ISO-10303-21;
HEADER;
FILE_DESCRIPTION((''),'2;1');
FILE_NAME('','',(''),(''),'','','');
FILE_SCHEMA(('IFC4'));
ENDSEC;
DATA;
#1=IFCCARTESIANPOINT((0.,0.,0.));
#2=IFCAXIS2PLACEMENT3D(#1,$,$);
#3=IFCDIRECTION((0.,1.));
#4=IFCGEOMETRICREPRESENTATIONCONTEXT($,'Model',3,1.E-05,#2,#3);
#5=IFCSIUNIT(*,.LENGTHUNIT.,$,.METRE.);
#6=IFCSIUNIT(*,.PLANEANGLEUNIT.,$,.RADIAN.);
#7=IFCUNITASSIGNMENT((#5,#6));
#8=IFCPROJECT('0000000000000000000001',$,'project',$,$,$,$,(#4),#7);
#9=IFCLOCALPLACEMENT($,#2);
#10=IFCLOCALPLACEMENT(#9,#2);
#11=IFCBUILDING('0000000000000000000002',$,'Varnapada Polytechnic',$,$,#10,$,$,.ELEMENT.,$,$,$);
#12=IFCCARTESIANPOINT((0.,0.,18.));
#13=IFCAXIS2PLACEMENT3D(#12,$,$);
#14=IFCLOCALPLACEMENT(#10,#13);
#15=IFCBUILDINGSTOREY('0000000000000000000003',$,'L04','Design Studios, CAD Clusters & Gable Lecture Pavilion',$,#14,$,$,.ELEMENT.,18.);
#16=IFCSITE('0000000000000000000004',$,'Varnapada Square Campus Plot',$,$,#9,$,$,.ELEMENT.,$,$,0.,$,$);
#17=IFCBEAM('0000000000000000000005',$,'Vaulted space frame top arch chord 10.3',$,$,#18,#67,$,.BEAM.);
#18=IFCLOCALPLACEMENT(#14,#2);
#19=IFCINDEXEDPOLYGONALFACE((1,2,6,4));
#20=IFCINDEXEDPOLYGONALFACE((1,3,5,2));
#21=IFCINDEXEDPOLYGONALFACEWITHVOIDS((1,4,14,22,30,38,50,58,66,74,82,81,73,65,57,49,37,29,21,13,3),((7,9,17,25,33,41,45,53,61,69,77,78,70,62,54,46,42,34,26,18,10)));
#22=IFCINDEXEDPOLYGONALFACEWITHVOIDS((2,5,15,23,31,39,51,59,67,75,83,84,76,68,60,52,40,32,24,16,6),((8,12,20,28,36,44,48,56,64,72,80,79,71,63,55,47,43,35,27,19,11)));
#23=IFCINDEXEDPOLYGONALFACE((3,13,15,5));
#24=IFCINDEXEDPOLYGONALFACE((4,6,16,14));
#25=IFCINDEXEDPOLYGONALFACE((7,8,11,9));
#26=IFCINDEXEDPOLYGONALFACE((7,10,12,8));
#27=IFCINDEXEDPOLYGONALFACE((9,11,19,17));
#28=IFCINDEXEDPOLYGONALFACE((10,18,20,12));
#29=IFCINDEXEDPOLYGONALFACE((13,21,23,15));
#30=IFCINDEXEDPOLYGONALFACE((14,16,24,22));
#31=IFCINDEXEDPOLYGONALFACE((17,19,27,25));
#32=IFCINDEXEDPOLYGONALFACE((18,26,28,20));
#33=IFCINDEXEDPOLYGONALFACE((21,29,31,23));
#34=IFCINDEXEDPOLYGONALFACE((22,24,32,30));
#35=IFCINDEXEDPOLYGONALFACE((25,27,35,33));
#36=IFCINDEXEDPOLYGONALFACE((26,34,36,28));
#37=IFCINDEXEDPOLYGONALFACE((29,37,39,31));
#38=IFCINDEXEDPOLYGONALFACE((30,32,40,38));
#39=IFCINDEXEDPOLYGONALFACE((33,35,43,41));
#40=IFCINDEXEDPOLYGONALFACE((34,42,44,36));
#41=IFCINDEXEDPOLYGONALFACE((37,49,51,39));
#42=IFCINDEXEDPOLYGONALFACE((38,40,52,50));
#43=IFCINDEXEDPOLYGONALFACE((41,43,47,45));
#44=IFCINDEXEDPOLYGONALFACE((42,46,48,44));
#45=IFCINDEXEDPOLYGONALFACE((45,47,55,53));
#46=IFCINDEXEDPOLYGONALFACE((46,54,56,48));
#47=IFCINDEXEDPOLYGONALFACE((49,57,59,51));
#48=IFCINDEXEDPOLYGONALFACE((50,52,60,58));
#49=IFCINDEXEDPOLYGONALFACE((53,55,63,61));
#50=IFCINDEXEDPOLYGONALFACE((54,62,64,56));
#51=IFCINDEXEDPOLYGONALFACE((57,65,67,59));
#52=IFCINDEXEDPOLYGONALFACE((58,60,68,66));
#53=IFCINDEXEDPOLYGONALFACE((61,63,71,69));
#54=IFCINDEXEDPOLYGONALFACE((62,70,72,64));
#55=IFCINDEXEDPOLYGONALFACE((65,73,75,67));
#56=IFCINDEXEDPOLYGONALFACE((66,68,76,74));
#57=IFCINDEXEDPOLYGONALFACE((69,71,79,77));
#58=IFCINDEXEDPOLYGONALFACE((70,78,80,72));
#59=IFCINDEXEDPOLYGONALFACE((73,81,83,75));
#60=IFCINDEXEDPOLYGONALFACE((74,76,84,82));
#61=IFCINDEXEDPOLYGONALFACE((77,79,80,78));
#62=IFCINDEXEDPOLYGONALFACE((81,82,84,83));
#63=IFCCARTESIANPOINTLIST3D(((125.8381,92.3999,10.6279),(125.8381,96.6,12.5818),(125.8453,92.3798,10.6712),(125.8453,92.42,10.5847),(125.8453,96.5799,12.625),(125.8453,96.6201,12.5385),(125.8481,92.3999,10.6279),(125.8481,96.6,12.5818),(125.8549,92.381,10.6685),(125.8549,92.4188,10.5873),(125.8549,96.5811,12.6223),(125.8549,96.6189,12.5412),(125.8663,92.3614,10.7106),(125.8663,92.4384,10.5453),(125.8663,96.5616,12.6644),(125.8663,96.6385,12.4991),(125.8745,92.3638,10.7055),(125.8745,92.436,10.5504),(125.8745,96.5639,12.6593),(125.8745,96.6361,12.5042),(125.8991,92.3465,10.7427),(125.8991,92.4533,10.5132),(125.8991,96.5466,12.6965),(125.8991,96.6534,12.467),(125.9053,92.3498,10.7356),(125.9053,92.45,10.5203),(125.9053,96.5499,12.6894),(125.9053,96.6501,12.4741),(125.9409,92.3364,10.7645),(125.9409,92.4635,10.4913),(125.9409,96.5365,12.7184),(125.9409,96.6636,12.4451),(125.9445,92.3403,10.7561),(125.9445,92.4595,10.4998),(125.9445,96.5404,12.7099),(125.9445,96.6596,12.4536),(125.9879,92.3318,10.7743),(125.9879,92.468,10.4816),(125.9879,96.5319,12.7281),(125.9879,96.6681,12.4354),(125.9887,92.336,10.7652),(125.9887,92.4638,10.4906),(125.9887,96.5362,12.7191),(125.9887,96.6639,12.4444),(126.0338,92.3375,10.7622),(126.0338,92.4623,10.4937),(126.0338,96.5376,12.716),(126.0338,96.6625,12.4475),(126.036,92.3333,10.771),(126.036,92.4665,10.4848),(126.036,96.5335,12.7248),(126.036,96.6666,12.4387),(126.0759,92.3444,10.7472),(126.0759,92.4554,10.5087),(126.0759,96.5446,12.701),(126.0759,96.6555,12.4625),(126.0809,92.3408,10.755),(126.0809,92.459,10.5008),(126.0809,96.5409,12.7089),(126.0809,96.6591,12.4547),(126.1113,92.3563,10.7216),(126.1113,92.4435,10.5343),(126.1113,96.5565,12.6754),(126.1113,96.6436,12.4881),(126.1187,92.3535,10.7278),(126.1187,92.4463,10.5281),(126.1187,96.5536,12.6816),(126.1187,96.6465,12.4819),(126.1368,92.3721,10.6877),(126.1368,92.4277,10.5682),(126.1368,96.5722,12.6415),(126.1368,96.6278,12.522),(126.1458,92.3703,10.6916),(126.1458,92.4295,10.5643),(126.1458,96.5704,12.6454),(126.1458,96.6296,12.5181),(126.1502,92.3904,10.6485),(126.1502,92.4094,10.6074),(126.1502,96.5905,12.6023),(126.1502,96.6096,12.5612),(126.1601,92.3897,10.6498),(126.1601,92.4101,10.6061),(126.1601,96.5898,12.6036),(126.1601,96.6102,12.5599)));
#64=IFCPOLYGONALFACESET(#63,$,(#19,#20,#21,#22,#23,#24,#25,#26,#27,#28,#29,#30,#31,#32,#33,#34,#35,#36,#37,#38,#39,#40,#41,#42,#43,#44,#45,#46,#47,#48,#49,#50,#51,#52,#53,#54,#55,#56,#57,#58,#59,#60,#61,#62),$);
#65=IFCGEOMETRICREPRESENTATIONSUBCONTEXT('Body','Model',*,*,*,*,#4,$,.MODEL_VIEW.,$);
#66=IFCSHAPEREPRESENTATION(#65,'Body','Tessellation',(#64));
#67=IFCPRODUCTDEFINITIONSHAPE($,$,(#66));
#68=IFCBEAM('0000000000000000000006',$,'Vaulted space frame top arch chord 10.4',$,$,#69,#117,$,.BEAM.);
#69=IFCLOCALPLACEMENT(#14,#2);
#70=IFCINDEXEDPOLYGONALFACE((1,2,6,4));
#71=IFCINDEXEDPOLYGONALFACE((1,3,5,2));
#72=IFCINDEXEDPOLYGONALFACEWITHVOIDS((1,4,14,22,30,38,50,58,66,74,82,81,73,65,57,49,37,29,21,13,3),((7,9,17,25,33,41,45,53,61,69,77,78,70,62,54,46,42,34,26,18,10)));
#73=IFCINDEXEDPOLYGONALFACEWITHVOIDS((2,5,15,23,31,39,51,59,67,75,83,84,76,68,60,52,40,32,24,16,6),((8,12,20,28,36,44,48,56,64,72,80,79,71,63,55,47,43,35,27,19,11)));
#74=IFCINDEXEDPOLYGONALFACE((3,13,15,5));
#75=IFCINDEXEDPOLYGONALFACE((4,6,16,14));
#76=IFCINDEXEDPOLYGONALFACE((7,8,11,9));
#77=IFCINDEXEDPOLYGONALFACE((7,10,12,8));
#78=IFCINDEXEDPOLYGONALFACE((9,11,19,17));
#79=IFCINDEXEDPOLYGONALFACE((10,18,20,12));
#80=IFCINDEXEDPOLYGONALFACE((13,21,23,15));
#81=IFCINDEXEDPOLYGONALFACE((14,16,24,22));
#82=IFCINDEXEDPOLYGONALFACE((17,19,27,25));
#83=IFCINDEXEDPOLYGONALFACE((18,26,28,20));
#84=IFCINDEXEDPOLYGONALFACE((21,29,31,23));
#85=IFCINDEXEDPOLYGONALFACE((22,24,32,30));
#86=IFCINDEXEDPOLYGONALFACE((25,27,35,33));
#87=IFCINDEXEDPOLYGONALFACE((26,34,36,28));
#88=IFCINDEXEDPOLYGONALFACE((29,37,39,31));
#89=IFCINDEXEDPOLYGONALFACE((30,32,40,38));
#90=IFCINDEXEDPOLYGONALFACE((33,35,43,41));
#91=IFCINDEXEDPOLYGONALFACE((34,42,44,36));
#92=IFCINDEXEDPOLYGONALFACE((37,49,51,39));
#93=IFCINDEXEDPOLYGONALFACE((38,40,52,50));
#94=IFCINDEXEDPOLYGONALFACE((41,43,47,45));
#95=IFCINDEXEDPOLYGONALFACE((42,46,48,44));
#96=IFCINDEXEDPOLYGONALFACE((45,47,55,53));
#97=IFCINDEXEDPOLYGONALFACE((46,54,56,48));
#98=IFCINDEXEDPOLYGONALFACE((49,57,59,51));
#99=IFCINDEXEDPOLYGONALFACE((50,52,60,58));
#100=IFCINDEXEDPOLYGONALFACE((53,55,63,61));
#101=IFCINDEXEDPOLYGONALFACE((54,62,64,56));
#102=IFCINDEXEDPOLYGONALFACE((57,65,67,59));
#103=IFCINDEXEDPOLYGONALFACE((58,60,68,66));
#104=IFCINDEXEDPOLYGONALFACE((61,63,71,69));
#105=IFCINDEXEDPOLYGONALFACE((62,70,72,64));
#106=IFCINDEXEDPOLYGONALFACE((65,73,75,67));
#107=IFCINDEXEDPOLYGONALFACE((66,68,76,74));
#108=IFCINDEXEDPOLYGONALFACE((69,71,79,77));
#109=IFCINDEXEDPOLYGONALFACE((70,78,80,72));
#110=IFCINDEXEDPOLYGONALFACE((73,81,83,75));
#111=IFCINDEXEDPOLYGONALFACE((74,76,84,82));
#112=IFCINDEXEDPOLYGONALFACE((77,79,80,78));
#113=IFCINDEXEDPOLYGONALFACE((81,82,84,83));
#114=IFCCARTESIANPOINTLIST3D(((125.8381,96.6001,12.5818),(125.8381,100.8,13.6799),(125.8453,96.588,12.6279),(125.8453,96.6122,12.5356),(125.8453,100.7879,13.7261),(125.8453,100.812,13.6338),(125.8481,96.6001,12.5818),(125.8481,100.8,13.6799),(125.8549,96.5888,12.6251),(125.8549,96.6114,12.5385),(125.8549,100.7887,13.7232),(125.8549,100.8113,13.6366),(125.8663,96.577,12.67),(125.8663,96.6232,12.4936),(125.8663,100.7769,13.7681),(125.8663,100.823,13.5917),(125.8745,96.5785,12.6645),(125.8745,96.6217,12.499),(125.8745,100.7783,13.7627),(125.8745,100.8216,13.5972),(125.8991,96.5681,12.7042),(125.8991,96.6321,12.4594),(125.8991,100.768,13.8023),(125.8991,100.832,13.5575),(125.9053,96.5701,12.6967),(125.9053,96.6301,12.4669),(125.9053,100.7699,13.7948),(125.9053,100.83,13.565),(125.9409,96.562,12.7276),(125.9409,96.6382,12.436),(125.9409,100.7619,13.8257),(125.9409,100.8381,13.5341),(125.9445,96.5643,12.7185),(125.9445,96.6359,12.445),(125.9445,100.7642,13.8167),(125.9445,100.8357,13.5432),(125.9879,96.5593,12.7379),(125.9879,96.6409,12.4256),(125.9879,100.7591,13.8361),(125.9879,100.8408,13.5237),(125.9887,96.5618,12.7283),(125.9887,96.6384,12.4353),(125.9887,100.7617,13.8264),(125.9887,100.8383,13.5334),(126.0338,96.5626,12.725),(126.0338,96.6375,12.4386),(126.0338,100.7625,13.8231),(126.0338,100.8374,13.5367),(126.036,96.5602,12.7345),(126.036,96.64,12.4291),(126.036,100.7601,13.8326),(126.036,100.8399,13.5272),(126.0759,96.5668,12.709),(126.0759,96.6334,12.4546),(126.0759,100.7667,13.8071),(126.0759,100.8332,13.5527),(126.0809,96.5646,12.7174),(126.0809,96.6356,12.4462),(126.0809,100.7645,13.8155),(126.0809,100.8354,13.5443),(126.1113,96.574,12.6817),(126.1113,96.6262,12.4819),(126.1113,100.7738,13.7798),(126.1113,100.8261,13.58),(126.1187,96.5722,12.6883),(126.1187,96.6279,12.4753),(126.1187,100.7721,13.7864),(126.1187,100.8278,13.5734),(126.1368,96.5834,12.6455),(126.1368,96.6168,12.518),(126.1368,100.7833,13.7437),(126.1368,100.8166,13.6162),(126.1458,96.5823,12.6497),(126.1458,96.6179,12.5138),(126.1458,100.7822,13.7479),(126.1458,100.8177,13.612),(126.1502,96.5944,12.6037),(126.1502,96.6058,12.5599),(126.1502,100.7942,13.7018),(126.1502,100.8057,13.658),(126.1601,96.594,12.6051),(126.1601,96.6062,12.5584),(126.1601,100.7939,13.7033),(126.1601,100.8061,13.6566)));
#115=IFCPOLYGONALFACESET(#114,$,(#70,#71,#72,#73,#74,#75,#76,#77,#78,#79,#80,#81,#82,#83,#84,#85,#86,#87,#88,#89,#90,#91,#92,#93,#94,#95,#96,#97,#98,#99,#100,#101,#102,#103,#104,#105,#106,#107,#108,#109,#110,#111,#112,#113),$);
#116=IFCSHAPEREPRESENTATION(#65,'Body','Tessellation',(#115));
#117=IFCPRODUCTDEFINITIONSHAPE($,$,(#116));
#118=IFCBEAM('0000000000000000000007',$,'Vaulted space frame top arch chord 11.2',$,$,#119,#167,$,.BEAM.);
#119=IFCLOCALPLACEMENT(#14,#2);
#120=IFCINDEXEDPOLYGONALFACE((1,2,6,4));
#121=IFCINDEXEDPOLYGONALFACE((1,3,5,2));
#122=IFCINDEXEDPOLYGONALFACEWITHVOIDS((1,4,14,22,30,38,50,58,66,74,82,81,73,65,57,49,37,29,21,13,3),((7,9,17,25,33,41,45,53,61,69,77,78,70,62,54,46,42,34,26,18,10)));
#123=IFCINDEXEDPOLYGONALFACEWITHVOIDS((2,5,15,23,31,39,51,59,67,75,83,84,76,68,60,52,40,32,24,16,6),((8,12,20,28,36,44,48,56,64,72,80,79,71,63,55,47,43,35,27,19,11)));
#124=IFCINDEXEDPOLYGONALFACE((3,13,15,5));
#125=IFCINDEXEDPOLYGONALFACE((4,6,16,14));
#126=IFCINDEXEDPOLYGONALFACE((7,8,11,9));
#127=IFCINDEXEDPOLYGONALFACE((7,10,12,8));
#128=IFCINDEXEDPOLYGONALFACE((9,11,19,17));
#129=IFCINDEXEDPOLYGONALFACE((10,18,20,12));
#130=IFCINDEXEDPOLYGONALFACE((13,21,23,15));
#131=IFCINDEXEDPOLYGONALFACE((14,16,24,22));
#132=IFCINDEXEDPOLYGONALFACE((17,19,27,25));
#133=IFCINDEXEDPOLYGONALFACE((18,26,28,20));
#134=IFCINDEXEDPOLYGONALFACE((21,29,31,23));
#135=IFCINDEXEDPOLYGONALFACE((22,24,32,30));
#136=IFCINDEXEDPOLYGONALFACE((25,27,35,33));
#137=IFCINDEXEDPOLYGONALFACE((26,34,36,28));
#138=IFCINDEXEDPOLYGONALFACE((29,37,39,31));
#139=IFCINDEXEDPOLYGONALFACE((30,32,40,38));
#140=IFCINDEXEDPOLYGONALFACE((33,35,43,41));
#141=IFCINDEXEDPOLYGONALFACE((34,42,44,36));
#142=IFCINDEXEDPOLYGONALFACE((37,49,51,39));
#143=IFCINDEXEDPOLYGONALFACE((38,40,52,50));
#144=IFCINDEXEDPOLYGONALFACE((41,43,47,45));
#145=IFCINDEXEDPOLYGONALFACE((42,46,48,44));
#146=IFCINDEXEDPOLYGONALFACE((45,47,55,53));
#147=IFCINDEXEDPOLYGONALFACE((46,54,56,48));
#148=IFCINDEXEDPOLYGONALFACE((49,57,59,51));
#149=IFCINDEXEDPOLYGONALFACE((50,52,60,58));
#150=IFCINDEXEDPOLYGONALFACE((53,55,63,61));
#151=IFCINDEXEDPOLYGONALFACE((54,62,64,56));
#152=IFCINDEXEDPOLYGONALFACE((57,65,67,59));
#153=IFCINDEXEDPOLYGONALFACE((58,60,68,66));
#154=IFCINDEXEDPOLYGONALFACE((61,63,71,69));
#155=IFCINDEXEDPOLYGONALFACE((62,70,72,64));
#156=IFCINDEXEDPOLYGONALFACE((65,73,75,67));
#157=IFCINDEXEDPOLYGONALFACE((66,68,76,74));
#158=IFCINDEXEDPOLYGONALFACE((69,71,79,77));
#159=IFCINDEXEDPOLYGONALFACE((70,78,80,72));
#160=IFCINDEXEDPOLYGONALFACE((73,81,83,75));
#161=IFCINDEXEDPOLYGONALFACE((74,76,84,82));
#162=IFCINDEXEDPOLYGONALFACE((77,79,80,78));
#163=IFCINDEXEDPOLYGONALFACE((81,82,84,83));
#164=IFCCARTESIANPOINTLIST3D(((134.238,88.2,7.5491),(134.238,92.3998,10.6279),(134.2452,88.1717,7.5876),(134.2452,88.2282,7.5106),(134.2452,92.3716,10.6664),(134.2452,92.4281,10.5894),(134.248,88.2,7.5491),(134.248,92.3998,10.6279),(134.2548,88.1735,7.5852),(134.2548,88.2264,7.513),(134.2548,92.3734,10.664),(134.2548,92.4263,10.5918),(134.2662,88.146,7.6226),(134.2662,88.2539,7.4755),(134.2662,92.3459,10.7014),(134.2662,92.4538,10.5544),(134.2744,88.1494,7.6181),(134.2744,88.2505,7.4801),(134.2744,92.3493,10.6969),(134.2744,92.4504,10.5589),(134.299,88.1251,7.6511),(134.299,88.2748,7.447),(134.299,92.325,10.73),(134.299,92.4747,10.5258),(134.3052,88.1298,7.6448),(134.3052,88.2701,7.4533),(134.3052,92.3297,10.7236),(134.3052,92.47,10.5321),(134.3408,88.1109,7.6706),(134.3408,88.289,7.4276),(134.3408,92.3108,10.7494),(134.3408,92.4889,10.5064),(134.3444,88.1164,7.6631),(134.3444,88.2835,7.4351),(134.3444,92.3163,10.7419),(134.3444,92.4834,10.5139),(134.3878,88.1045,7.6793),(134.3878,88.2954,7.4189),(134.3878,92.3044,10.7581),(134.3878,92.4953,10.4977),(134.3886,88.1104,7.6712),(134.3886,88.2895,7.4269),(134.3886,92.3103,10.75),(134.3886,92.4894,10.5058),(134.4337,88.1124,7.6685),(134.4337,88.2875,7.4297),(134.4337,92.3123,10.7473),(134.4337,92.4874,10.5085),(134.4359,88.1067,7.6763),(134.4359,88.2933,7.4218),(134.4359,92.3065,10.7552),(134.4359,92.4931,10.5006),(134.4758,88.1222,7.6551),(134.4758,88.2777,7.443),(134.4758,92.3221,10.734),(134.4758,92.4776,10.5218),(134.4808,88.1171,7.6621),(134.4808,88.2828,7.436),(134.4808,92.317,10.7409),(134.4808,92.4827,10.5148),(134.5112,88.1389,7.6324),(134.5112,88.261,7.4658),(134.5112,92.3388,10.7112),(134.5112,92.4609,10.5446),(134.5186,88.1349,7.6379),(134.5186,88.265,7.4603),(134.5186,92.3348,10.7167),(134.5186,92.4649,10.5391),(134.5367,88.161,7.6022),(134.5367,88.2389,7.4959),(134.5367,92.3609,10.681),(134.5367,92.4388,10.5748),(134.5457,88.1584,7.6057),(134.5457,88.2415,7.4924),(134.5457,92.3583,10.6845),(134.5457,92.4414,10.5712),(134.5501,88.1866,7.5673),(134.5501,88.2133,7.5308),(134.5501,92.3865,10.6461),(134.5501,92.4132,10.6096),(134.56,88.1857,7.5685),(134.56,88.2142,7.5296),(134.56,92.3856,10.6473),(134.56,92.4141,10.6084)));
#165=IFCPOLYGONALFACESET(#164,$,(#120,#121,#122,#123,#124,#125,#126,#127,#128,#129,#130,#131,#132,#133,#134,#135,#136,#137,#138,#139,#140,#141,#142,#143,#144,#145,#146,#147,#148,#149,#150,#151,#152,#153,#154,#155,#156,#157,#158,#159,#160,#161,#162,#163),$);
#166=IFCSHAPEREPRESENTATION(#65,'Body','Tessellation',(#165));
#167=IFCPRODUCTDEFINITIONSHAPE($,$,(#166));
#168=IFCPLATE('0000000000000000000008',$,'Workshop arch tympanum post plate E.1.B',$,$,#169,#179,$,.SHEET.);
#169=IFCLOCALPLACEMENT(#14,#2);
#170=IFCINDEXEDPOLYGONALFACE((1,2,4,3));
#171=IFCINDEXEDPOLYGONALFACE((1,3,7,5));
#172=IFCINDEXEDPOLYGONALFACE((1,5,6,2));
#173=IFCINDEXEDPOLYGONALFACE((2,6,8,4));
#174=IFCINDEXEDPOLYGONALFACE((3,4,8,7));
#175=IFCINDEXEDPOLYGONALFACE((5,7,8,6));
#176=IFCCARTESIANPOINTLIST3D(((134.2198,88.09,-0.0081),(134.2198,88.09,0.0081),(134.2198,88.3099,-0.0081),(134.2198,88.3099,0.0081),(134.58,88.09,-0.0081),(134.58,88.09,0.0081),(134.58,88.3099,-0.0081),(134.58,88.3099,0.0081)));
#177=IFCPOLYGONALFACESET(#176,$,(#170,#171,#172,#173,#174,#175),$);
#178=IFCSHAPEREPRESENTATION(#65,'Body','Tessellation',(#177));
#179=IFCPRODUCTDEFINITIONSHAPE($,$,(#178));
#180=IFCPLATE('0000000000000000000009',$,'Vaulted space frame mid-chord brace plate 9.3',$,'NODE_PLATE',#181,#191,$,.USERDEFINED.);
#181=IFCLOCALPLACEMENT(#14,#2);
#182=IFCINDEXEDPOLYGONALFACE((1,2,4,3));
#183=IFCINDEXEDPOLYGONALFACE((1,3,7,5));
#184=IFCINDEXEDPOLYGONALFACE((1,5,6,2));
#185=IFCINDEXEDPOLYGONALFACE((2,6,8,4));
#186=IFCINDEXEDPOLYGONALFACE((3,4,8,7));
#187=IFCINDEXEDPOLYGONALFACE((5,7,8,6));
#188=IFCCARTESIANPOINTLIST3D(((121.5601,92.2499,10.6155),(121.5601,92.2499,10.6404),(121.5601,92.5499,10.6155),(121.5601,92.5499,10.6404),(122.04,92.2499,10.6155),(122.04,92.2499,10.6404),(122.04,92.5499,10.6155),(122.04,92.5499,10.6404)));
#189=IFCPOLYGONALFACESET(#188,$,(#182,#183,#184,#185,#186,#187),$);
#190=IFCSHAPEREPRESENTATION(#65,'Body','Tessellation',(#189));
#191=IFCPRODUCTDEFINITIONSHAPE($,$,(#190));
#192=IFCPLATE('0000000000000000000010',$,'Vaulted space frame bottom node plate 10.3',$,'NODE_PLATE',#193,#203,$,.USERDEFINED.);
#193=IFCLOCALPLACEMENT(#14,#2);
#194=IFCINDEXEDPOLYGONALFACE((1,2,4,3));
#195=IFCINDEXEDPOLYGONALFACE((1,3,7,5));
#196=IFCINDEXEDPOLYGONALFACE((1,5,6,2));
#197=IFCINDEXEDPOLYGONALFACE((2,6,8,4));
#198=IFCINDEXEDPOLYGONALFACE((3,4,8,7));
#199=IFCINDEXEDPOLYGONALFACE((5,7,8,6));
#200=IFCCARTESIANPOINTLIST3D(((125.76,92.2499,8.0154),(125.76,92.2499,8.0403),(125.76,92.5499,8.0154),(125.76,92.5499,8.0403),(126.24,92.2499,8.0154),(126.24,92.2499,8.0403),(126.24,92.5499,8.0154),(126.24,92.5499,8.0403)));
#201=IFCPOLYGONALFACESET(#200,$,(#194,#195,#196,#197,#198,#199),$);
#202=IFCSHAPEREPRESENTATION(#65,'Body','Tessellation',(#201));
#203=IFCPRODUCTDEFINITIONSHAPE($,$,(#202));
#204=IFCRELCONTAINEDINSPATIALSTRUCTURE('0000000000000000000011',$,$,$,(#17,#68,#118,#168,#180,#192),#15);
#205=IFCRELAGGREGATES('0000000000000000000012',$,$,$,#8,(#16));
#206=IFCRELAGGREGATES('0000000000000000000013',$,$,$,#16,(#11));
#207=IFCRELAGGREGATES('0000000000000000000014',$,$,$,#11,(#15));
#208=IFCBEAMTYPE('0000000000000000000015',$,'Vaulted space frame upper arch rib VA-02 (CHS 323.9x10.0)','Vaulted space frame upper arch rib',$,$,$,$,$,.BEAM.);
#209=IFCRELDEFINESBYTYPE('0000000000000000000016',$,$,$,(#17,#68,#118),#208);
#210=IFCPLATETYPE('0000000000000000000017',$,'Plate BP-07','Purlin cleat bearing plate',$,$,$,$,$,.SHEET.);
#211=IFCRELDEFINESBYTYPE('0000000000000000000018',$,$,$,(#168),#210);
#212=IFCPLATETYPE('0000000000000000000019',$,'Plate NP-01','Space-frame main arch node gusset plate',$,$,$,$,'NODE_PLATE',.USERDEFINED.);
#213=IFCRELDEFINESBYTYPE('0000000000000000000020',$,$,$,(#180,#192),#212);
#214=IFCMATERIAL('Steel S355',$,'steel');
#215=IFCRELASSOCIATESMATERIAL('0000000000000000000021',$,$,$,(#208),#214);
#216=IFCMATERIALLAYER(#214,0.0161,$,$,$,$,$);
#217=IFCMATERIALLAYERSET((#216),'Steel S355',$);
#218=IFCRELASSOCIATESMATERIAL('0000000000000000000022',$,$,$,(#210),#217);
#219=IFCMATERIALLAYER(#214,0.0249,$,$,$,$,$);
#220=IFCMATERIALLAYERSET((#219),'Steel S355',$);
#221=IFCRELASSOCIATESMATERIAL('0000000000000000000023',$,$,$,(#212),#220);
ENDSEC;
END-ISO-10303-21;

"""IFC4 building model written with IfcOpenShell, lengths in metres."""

from ifc_helpers import new_model, si_unit, direction, frame, origin, origin_2d, place, context, subcontext, project, spatial, rectangle, hollow_circle, extrude, material, layer, layer_set, material_profile, profile_set, type_object, element, save


model = new_model("IFC4")

# Units and contexts
model_context = context("Model", 3, precision=1e-05, world=origin(), true_north=direction((0.0, 1.0)))
body_context = subcontext(model_context, "Body", "Model", "MODEL_VIEW")
ifc_project = project(units=[si_unit("LENGTHUNIT", "METRE"), si_unit("PLANEANGLEUNIT", "RADIAN")], contexts=[model_context])

# Site, building, storey
site_placement = place(None, origin())
site = spatial("IfcSite", under=ifc_project, at=site_placement, Name="Varnapada Square Campus Plot", CompositionType="ELEMENT", RefElevation=0.0)
building_placement = place(site_placement, origin())
building = spatial("IfcBuilding", under=site, at=building_placement, Name="Varnapada Polytechnic", CompositionType="ELEMENT")
storey_placement = place(building_placement, frame((0.0, 0.0, 18.0)))
storey = spatial("IfcBuildingStorey", under=building, at=storey_placement, Name="L04", Description="Design Studios, CAD Clusters & Gable Lecture Pavilion", CompositionType="ELEMENT", Elevation=18.0)

# Shared definitions
ifc_material = material(Name="Steel S355", Category="steel")

# Beams
ifc_material_profile_1 = material_profile(ifc_material, hollow_circle(Radius=0.1619, WallThickness=0.01, at=origin_2d()), Name="CHS 323.9x10.0")
ifc_profile_set_1 = profile_set([ifc_material_profile_1], Name="Steel S355")
beam_type_1 = type_object("IfcBeamType", Name="Vaulted space frame upper arch rib VA-02 (CHS 323.9x10.0)", Description="Vaulted space frame upper arch rib", PredefinedType="BEAM", material=ifc_profile_set_1)
beam_1_placement = place(storey_placement, frame((126.0, 92.3999, 10.6279), z_axis=(0.0, 0.906698, 0.42178), x_axis=(-1.0, 0.0, 0.0)))
element("IfcBeam", 1, at=beam_1_placement, inside=storey, type_object=beam_type_1, Name="Vaulted space frame top arch chord 10.3", PredefinedType="BEAM", context=body_context, shape_type="SweptSolid", body=[
    extrude(hollow_circle(Radius=0.1619, WallThickness=0.01, at=origin_2d()), origin(), (0.0, 0.0, 1.0), 4.6323),
])
beam_2_placement = place(storey_placement, frame((126.0, 96.6001, 12.5818), z_axis=(0.0, 0.967476, 0.252962), x_axis=(-1.0, 0.0, 0.0)))
element("IfcBeam", 2, at=beam_2_placement, inside=storey, type_object=beam_type_1, Name="Vaulted space frame top arch chord 10.4", PredefinedType="BEAM", context=body_context, shape_type="SweptSolid", body=[
    extrude(hollow_circle(Radius=0.1619, WallThickness=0.01, at=origin_2d()), origin(), (0.0, 0.0, 1.0), 4.3411),
])
beam_3_placement = place(storey_placement, frame((134.3999, 88.2, 7.5491), z_axis=(0.0, 0.806506, 0.591225), x_axis=(-1.0, 0.0, 0.0)))
element("IfcBeam", 3, at=beam_3_placement, inside=storey, type_object=beam_type_1, Name="Vaulted space frame top arch chord 11.2", PredefinedType="BEAM", context=body_context, shape_type="SweptSolid", body=[
    extrude(hollow_circle(Radius=0.1619, WallThickness=0.01, at=origin_2d()), origin(), (0.0, 0.0, 1.0), 5.2075),
])

# Plates
ifc_layer_1 = layer(ifc_material, 0.0161)
ifc_layer_set_1 = layer_set([ifc_layer_1], Name="Steel S355")
plate_type_1 = type_object("IfcPlateType", Name="Plate BP-07", Description="Purlin cleat bearing plate", PredefinedType="SHEET", material=ifc_layer_set_1)
plate_placement = place(storey_placement, frame((134.3999, 88.2, -0.0081), z_axis=(0.0, 0.0, 1.0), x_axis=(1.0, 0.0, 0.0)))
element("IfcPlate", 4, at=plate_placement, inside=storey, type_object=plate_type_1, Name="Workshop arch tympanum post plate E.1.B", PredefinedType="SHEET", context=body_context, shape_type="SweptSolid", body=[
    extrude(rectangle(XDim=0.3601, YDim=0.22, at=origin_2d()), origin(), (0.0, 0.0, 1.0), 0.0161),
])
ifc_layer_2 = layer(ifc_material, 0.0249)
ifc_layer_set_2 = layer_set([ifc_layer_2], Name="Steel S355")
plate_type_2 = type_object("IfcPlateType", Name="Plate NP-01", Description="Space-frame main arch node gusset plate", ElementType="NODE_PLATE", PredefinedType="USERDEFINED", material=ifc_layer_set_2)
for number, where, z_axis, x_axis, name in (
    (5, (121.8, 92.3999, 10.6155), (0.0, 0.0, 1.0), (1.0, 0.0, 0.0), "Vaulted space frame mid-chord brace plate 9.3"),
    (6, (126.0, 92.3999, 8.0154), (0.0, 0.0, 1.0), (1.0, 0.0, 0.0), "Vaulted space frame bottom node plate 10.3"),
):
    element("IfcPlate", number, at=place(storey_placement, frame(where, z_axis=z_axis, x_axis=x_axis)), inside=storey, type_object=plate_type_2, Name=name, ObjectType="NODE_PLATE", PredefinedType="USERDEFINED", context=body_context, shape_type="SweptSolid", body=[
        extrude(rectangle(XDim=0.48, YDim=0.3, at=origin_2d()), origin(), (0.0, 0.0, 1.0), 0.0249),
    ])

save(model, "model.ifc")
